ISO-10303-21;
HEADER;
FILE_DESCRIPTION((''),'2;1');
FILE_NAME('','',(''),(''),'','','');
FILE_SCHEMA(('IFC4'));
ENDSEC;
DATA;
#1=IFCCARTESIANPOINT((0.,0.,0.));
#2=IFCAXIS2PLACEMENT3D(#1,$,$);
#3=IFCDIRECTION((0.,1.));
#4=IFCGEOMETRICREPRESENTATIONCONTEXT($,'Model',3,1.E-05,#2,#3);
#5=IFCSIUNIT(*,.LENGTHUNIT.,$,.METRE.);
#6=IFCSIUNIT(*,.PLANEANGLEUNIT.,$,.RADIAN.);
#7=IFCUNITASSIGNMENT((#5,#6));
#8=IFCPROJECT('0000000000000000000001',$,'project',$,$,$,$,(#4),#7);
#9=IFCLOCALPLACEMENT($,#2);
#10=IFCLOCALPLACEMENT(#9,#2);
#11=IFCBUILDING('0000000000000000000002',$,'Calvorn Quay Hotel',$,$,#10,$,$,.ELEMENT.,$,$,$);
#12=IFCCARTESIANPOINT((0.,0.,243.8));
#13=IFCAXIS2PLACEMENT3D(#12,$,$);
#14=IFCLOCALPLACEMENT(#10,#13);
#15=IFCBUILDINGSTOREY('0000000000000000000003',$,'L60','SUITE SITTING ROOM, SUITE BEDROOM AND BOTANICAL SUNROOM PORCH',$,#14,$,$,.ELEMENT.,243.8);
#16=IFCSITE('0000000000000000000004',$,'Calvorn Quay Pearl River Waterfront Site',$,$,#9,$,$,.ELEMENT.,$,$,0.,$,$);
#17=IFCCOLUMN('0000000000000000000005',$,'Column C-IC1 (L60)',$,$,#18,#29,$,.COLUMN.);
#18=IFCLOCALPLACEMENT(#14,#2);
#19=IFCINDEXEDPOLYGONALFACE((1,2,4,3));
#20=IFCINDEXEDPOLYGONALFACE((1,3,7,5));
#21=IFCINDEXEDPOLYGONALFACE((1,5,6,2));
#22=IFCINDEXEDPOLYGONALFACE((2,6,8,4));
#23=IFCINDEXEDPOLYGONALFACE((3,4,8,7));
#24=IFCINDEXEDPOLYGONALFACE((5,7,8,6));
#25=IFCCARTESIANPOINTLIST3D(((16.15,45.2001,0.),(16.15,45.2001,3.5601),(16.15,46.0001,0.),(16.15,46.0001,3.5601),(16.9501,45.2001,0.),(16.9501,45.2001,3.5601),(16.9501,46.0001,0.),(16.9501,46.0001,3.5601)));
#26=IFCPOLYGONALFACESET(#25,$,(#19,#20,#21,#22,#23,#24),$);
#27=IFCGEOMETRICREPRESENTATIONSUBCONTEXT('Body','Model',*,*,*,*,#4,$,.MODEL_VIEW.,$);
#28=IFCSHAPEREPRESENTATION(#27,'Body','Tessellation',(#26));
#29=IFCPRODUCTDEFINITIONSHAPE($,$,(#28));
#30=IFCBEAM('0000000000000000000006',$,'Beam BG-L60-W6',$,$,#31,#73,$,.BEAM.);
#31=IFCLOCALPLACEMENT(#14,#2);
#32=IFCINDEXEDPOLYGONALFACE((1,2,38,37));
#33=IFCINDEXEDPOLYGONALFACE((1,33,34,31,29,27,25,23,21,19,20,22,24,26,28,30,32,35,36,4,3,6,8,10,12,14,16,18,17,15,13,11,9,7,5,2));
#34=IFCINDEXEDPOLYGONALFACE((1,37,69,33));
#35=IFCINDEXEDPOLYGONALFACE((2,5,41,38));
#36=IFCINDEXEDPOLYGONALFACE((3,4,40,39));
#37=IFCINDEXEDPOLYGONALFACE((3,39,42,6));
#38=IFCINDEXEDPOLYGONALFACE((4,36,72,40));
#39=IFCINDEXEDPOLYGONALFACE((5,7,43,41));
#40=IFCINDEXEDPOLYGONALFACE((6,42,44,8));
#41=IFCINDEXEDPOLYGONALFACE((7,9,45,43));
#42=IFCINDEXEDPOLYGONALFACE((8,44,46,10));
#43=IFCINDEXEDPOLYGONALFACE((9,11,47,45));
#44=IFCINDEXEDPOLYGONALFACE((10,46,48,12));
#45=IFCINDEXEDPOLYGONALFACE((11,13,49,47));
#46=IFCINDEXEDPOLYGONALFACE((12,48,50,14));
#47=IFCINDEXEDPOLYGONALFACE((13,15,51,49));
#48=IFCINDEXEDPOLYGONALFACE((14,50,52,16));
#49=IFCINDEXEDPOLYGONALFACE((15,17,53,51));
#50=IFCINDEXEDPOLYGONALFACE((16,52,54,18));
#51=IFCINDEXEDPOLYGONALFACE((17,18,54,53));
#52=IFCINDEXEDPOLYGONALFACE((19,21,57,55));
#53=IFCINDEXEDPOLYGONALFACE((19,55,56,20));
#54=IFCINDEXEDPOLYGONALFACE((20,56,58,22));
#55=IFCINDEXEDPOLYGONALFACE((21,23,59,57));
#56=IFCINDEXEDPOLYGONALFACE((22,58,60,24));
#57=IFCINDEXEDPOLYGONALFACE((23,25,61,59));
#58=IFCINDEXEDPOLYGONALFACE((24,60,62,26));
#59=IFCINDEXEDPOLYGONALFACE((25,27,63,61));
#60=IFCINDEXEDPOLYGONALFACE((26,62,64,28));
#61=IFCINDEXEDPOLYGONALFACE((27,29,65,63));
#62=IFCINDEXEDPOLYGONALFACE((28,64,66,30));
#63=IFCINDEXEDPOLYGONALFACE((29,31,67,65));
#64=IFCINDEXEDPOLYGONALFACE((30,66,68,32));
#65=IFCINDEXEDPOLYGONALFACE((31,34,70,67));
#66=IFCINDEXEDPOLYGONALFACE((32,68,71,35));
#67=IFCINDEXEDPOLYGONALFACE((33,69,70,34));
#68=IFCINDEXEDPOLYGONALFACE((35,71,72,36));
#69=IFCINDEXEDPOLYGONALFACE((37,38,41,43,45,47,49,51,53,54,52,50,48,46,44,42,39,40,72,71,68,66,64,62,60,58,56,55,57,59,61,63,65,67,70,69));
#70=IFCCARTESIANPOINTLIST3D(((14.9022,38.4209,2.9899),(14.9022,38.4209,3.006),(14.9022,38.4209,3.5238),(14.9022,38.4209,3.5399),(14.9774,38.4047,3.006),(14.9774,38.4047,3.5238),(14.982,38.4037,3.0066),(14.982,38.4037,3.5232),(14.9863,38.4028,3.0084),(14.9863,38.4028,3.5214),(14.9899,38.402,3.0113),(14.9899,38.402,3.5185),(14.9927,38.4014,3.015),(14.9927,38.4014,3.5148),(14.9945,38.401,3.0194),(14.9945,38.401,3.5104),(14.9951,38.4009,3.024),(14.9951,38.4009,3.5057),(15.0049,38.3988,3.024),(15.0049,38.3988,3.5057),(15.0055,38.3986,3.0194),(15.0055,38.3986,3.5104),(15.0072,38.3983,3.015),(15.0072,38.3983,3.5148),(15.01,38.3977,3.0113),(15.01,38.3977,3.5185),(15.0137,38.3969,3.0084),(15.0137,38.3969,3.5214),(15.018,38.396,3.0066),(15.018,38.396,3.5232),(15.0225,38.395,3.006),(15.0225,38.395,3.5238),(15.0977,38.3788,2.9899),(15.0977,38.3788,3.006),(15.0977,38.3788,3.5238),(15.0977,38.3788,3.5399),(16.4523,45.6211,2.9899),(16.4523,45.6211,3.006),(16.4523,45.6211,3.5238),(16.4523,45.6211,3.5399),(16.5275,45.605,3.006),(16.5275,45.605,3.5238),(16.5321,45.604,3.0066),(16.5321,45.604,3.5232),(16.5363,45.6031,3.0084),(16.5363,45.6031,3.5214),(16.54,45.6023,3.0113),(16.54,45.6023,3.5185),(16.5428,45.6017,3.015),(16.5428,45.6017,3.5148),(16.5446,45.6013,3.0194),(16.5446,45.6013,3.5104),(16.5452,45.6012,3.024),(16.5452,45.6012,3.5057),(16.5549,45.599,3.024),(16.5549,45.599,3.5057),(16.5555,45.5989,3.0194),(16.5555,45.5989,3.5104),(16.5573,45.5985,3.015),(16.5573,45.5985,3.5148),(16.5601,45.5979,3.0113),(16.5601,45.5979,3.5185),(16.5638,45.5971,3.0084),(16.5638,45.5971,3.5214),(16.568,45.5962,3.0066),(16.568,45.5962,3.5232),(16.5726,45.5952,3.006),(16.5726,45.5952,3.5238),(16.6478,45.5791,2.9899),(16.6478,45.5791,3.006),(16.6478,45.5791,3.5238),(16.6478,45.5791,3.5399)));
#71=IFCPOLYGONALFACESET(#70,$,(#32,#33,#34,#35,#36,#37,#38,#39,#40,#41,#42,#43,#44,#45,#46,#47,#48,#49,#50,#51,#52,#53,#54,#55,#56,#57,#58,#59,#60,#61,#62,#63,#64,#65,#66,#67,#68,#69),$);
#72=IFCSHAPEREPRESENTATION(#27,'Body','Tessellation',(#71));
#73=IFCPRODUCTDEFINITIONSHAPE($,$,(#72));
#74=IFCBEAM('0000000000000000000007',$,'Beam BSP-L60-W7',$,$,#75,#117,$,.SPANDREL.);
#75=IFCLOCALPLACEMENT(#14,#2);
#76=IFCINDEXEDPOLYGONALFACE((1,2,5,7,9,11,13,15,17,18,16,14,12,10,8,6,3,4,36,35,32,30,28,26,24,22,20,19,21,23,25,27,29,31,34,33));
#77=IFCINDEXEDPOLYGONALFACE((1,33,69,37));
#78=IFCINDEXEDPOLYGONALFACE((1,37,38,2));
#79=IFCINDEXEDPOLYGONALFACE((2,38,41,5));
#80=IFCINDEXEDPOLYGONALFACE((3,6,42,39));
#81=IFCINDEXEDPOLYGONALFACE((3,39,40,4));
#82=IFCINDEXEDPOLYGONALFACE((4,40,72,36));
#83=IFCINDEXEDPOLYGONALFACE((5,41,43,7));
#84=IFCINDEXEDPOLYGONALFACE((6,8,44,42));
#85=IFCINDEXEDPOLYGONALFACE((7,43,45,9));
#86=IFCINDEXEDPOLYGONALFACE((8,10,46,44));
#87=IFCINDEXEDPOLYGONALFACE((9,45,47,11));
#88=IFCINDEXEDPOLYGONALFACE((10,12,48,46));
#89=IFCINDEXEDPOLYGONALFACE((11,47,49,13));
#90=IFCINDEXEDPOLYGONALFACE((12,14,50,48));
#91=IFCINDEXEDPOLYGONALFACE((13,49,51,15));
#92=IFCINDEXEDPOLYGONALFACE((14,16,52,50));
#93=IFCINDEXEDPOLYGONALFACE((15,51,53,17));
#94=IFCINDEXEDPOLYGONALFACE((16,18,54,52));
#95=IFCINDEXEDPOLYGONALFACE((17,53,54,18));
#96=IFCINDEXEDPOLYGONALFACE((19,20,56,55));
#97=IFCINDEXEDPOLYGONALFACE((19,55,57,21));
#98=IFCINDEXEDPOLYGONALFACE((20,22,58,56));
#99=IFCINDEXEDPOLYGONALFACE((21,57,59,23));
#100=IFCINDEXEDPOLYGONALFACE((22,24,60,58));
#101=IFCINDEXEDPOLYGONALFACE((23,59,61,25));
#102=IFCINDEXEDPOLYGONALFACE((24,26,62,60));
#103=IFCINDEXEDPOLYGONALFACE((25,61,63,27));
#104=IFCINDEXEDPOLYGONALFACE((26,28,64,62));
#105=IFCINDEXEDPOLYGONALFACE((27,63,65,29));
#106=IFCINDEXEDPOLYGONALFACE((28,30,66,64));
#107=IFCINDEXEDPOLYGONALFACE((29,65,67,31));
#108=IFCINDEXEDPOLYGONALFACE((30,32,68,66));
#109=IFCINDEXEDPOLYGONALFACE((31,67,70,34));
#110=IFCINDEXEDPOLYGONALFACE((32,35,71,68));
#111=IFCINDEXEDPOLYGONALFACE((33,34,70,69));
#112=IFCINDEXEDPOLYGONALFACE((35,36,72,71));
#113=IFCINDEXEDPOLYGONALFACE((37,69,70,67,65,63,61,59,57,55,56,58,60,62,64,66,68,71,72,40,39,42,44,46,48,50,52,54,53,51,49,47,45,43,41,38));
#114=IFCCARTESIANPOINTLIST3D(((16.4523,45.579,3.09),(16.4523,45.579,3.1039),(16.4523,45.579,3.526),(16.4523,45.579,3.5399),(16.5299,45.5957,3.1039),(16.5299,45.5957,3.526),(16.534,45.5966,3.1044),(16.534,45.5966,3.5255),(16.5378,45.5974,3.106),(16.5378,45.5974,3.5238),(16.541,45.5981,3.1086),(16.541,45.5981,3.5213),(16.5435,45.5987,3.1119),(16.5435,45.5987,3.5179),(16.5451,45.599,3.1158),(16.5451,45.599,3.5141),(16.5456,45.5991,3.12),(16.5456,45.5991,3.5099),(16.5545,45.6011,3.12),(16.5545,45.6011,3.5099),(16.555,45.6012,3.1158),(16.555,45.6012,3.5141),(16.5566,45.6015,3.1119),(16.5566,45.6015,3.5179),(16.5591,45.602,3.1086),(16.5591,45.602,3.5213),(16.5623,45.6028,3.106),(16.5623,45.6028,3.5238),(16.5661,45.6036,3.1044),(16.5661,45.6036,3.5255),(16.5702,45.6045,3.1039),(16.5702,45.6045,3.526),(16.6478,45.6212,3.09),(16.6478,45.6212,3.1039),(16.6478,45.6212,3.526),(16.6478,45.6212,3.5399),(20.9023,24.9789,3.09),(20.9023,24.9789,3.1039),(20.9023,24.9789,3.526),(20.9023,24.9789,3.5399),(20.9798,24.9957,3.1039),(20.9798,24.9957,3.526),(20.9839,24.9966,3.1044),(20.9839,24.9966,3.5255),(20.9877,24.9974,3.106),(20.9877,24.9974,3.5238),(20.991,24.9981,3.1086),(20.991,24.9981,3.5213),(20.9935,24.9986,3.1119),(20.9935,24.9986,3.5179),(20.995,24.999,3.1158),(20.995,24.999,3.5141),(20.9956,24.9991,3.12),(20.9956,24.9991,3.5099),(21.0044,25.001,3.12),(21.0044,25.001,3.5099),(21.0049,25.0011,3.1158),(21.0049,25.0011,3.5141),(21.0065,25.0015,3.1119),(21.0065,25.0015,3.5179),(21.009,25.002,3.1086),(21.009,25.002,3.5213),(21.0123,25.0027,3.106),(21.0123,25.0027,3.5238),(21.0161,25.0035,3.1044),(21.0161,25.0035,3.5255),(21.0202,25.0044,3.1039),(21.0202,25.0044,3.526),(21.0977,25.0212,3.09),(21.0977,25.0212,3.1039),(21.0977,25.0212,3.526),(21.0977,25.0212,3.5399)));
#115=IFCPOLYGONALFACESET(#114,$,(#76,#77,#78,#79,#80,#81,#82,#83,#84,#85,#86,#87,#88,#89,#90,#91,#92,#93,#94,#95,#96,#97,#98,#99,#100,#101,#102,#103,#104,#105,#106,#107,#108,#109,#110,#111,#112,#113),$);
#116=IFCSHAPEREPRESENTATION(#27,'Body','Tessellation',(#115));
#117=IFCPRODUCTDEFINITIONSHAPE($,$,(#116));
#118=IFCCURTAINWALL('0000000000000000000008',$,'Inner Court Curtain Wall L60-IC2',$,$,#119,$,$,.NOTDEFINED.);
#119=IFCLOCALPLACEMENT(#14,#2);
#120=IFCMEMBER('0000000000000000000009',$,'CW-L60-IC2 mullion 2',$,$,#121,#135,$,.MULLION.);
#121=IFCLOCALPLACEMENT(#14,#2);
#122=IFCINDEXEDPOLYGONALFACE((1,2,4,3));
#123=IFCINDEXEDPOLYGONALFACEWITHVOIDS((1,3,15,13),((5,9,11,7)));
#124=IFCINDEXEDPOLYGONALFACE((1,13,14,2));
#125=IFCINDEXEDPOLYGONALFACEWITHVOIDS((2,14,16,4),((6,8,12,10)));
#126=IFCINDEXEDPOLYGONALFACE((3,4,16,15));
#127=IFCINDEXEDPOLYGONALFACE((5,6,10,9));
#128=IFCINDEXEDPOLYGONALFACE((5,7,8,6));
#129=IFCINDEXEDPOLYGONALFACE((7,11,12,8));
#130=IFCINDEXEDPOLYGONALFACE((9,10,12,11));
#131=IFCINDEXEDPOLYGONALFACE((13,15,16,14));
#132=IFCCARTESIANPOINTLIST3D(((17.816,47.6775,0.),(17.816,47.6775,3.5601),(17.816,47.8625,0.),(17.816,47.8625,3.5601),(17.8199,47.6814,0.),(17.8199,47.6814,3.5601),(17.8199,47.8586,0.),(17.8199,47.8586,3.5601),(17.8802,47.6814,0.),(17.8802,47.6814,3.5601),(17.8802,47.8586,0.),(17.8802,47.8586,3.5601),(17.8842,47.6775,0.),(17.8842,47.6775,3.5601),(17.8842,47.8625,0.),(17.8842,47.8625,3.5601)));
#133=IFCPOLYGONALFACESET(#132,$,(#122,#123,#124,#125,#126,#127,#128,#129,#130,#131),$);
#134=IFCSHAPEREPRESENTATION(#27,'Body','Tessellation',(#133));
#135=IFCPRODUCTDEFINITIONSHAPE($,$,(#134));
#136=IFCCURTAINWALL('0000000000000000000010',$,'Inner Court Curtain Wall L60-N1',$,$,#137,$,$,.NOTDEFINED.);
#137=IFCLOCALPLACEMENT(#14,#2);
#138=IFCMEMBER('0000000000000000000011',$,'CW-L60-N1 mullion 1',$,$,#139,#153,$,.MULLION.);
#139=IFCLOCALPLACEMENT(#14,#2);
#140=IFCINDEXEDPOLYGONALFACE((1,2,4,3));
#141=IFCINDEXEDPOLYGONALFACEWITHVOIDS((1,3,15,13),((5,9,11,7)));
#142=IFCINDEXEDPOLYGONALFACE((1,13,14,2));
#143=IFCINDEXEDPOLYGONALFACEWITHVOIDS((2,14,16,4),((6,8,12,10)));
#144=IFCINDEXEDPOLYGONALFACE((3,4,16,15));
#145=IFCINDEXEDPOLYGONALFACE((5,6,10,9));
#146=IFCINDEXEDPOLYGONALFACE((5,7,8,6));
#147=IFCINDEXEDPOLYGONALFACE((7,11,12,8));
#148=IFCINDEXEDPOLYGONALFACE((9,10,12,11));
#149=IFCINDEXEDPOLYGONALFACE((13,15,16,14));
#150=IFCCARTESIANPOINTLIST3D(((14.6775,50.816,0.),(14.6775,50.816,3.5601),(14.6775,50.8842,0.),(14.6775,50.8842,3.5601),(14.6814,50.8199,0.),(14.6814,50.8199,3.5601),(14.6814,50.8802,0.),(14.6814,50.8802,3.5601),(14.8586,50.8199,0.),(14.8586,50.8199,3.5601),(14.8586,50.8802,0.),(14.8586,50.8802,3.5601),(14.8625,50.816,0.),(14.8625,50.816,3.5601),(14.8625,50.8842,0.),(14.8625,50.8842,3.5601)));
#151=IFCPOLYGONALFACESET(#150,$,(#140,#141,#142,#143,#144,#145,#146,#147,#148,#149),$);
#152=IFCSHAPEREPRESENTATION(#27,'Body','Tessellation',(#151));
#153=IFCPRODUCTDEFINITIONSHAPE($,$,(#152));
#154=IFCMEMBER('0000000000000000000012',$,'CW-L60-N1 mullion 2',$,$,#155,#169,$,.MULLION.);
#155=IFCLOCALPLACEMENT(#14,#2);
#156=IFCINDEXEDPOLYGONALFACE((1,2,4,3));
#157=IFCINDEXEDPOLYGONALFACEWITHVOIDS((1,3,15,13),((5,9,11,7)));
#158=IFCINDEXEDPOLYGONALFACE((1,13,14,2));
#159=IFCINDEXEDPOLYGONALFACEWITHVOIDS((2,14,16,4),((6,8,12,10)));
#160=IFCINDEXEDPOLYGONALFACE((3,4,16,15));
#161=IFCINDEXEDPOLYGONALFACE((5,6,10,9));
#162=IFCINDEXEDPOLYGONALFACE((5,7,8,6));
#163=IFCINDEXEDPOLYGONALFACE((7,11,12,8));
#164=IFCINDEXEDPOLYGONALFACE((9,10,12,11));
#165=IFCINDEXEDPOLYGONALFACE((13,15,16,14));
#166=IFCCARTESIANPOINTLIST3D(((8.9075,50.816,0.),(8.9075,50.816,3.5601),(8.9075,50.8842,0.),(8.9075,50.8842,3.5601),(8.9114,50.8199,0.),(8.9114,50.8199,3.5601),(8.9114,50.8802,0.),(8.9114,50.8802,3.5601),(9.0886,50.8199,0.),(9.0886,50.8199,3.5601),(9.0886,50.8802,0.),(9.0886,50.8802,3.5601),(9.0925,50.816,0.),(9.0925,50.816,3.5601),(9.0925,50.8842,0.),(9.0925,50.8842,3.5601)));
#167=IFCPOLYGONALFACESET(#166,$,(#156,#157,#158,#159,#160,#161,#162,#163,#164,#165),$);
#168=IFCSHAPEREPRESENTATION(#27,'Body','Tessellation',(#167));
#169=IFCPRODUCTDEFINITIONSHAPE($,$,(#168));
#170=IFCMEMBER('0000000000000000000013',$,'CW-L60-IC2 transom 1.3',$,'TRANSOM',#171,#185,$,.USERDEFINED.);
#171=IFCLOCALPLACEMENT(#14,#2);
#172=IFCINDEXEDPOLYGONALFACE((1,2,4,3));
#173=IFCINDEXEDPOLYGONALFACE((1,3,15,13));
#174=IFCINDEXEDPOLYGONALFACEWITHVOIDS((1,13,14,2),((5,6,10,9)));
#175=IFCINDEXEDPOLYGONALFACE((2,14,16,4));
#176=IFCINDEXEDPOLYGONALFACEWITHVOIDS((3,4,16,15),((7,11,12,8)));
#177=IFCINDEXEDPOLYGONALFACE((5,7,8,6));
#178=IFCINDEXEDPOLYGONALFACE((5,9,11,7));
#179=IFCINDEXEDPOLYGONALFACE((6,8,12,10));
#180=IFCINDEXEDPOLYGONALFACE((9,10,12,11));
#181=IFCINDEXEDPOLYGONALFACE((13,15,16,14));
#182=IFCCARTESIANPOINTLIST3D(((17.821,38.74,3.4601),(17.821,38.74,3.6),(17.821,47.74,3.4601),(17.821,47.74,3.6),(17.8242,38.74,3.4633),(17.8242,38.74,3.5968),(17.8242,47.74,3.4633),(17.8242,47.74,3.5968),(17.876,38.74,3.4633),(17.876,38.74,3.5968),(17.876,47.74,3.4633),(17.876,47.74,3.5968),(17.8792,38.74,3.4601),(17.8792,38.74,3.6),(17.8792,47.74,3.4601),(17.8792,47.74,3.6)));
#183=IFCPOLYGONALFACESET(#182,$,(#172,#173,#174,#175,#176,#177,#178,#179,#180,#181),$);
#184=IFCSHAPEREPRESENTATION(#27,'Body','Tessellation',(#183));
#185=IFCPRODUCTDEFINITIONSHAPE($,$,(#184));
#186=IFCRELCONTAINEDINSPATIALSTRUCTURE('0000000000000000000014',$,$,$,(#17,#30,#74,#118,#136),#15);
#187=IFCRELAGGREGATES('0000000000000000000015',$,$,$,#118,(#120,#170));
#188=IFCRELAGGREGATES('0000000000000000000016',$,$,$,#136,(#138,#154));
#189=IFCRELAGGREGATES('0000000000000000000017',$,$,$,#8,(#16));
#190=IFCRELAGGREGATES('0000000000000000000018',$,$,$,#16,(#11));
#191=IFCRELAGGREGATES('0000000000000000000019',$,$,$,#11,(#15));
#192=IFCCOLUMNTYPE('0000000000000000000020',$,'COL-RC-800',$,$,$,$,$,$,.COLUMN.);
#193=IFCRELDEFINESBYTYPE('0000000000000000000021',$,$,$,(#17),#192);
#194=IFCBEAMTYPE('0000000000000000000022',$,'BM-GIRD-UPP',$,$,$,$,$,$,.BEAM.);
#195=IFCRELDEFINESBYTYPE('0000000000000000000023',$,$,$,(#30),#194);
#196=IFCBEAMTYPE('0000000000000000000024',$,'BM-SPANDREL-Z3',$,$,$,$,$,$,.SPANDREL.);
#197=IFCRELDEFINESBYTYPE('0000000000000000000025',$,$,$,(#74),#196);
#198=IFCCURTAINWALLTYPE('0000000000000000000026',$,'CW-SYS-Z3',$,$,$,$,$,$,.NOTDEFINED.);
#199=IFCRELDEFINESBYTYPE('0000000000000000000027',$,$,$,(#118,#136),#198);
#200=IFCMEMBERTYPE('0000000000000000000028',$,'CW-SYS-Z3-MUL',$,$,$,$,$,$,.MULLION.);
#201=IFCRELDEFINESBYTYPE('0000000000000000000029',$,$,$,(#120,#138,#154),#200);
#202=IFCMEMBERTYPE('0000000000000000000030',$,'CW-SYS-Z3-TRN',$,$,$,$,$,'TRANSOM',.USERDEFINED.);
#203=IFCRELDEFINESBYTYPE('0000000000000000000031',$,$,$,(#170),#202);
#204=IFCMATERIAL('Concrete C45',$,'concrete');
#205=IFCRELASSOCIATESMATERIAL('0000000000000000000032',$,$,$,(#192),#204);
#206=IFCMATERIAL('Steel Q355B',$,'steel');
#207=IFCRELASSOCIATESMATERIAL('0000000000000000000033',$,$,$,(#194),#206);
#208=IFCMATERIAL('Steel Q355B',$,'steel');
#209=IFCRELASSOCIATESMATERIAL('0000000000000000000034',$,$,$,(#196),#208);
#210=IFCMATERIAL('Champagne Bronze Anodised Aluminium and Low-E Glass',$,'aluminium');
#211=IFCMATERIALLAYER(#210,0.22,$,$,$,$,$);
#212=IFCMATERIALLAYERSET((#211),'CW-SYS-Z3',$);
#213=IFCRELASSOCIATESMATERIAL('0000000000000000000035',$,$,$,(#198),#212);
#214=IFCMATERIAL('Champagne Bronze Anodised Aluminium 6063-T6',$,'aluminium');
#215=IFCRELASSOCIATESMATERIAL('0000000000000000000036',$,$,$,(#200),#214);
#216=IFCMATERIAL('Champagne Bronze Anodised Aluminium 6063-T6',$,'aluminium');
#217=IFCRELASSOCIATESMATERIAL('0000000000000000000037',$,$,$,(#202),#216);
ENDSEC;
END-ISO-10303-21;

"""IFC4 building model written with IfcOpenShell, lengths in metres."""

from ifc_helpers import new_model, si_unit, direction, frame, origin, origin_2d, place, context, subcontext, project, spatial, rectangle, hollow_rectangle, i_section, extrude, material, layer, layer_set, material_profile, profile_set, type_object, element, aggregate, save


model = new_model("IFC4")

# Units and contexts
model_context = context("Model", 3, precision=1e-05, world=origin(), true_north=direction((0.0, 1.0)))
body_context = subcontext(model_context, "Body", "Model", "MODEL_VIEW")
ifc_project = project(units=[si_unit("LENGTHUNIT", "METRE"), si_unit("PLANEANGLEUNIT", "RADIAN")], contexts=[model_context])

# Site, building, storey
site_placement = place(None, origin())
site = spatial("IfcSite", under=ifc_project, at=site_placement, Name="Calvorn Quay Pearl River Waterfront Site", CompositionType="ELEMENT", RefElevation=0.0)
building_placement = place(site_placement, origin())
building = spatial("IfcBuilding", under=site, at=building_placement, Name="Calvorn Quay Hotel", CompositionType="ELEMENT")
storey_placement = place(building_placement, frame((0.0, 0.0, 243.8)))
storey = spatial("IfcBuildingStorey", under=building, at=storey_placement, Name="L60", Description="SUITE SITTING ROOM, SUITE BEDROOM AND BOTANICAL SUNROOM PORCH", CompositionType="ELEMENT", Elevation=243.8)

# Column
ifc_material_1 = material(Name="Concrete C45", Category="concrete")
ifc_material_profile_1 = material_profile(ifc_material_1, rectangle(XDim=0.8, YDim=0.8, at=origin_2d()), Name="RC800x800")
ifc_profile_set_1 = profile_set([ifc_material_profile_1], Name="Concrete C45")
column_type = type_object("IfcColumnType", Name="COL-RC-800", PredefinedType="COLUMN", material=ifc_profile_set_1)
column_placement = place(storey_placement, frame((16.55, 45.6001, 0.0), z_axis=(0.0, 0.0, 1.0), x_axis=(1.0, 0.0, 0.0)))
element("IfcColumn", 1, at=column_placement, inside=storey, type_object=column_type, Name="Column C-IC1 (L60)", PredefinedType="COLUMN", context=body_context, shape_type="SweptSolid", body=[
    extrude(rectangle(XDim=0.8, YDim=0.8, at=origin_2d()), origin(), (0.0, 0.0, 1.0), 3.5601),
])

# Beams
ifc_material_2 = material(Name="Steel Q355B", Category="steel")
ifc_material_profile_2 = material_profile(ifc_material_2, i_section(OverallWidth=0.2, OverallDepth=0.55, WebThickness=0.01, FlangeThickness=0.0161, FilletRadius=0.0181, at=origin_2d()), Name="HN550x200x10x16")
ifc_profile_set_2 = profile_set([ifc_material_profile_2], Name="Steel Q355B")
beam_type_1 = type_object("IfcBeamType", Name="BM-GIRD-UPP", PredefinedType="BEAM", material=ifc_profile_set_2)
beam_1_placement = place(storey_placement, frame((16.55, 45.6001, 3.2649), z_axis=(-0.210457, -0.977603, 0.0), x_axis=(0.977603, -0.210457, 0.0)))
element("IfcBeam", 2, at=beam_1_placement, inside=storey, type_object=beam_type_1, Name="Beam BG-L60-W6", PredefinedType="BEAM", context=body_context, shape_type="SweptSolid", body=[
    extrude(i_section(OverallWidth=0.2, OverallDepth=0.55, WebThickness=0.01, FlangeThickness=0.0161, FilletRadius=0.0181, at=origin_2d()), origin(), (0.0, 0.0, 1.0), 7.3652),
])
ifc_material_3 = material(Name="Steel Q355B", Category="steel")
ifc_material_profile_3 = material_profile(ifc_material_3, i_section(OverallWidth=0.2, OverallDepth=0.45, WebThickness=0.009, FlangeThickness=0.0139, FilletRadius=0.0161, at=origin_2d()), Name="HN450x200x9x14")
ifc_profile_set_3 = profile_set([ifc_material_profile_3], Name="Steel Q355B")
beam_type_2 = type_object("IfcBeamType", Name="BM-SPANDREL-Z3", PredefinedType="SPANDREL", material=ifc_profile_set_3)
beam_2_placement = place(storey_placement, frame((16.55, 45.6001, 3.3149), z_axis=(0.211146, -0.977455, 0.0), x_axis=(0.977455, 0.211146, 0.0)))
element("IfcBeam", 3, at=beam_2_placement, inside=storey, type_object=beam_type_2, Name="Beam BSP-L60-W7", PredefinedType="SPANDREL", context=body_context, shape_type="SweptSolid", body=[
    extrude(i_section(OverallWidth=0.2, OverallDepth=0.45, WebThickness=0.009, FlangeThickness=0.0139, FilletRadius=0.0161, at=origin_2d()), origin(), (0.0, 0.0, 1.0), 21.0752),
])

# Curtain wall, member
ifc_material_4 = material(Name="Champagne Bronze Anodised Aluminium and Low-E Glass", Category="aluminium")
ifc_layer_1 = layer(ifc_material_4, 0.22)
ifc_layer_set_1 = layer_set([ifc_layer_1], Name="CW-SYS-Z3")
curtain_wall_type = type_object("IfcCurtainWallType", Name="CW-SYS-Z3", PredefinedType="NOTDEFINED", material=ifc_layer_set_1)
curtain_wall_1_placement = place(storey_placement, origin())
curtain_wall_1 = element("IfcCurtainWall", 4, at=curtain_wall_1_placement, inside=storey, type_object=curtain_wall_type, Name="Inner Court Curtain Wall L60-IC2", PredefinedType="NOTDEFINED")
ifc_material_5 = material(Name="Champagne Bronze Anodised Aluminium 6063-T6", Category="aluminium")
ifc_material_profile_4 = material_profile(ifc_material_5, hollow_rectangle(XDim=0.0681, YDim=0.1851, WallThickness=0.0039, at=origin_2d()), Name="ALU-M185x68x4")
ifc_profile_set_4 = profile_set([ifc_material_profile_4], Name="Champagne Bronze Anodised Aluminium 6063-T6")
member_type_1 = type_object("IfcMemberType", Name="CW-SYS-Z3-MUL", PredefinedType="MULLION", material=ifc_profile_set_4)
member_1_placement = place(storey_placement, frame((17.8501, 47.77, 0.0), z_axis=(0.0, 0.0, 1.0), x_axis=(-1.0, 0.0, 0.0)))
member_1 = element("IfcMember", 5, at=member_1_placement, type_object=member_type_1, Name="CW-L60-IC2 mullion 2", PredefinedType="MULLION", context=body_context, shape_type="SweptSolid", body=[
    extrude(hollow_rectangle(XDim=0.0681, YDim=0.1851, WallThickness=0.0039, at=origin_2d()), origin(), (0.0, 0.0, 1.0), 3.5601),
])

# Curtain wall, members
curtain_wall_2_placement = place(storey_placement, origin())
curtain_wall_2 = element("IfcCurtainWall", 6, at=curtain_wall_2_placement, inside=storey, type_object=curtain_wall_type, Name="Inner Court Curtain Wall L60-N1", PredefinedType="NOTDEFINED")
member_2_placement = place(storey_placement, frame((14.77, 50.8501, 0.0), z_axis=(0.0, 0.0, 1.0), x_axis=(0.0, -1.0, 0.0)))
member_2 = element("IfcMember", 7, at=member_2_placement, type_object=member_type_1, Name="CW-L60-N1 mullion 1", PredefinedType="MULLION", context=body_context, shape_type="SweptSolid", body=[
    extrude(hollow_rectangle(XDim=0.0681, YDim=0.1851, WallThickness=0.0039, at=origin_2d()), origin(), (0.0, 0.0, 1.0), 3.5601),
])
member_3_placement = place(storey_placement, frame((9.0, 50.8501, 0.0), z_axis=(0.0, 0.0, 1.0), x_axis=(0.0, -1.0, 0.0)))
member_3 = element("IfcMember", 8, at=member_3_placement, type_object=member_type_1, Name="CW-L60-N1 mullion 2", PredefinedType="MULLION", context=body_context, shape_type="SweptSolid", body=[
    extrude(hollow_rectangle(XDim=0.0681, YDim=0.1851, WallThickness=0.0039, at=origin_2d()), origin(), (0.0, 0.0, 1.0), 3.5601),
])

# Member
ifc_material_6 = material(Name="Champagne Bronze Anodised Aluminium 6063-T6", Category="aluminium")
ifc_material_profile_5 = material_profile(ifc_material_6, hollow_rectangle(XDim=0.0581, YDim=0.1399, WallThickness=0.0032, at=origin_2d()), Name="ALU-T140x58x3.2")
ifc_profile_set_5 = profile_set([ifc_material_profile_5], Name="Champagne Bronze Anodised Aluminium 6063-T6")
member_type_2 = type_object("IfcMemberType", Name="CW-SYS-Z3-TRN", ElementType="TRANSOM", PredefinedType="USERDEFINED", material=ifc_profile_set_5)
member_4_placement = place(storey_placement, frame((17.8501, 38.74, 3.53), z_axis=(0.0, 1.0, 0.0), x_axis=(-1.0, 0.0, 0.0)))
member_4 = element("IfcMember", 9, at=member_4_placement, type_object=member_type_2, Name="CW-L60-IC2 transom 1.3", ObjectType="TRANSOM", PredefinedType="USERDEFINED", context=body_context, shape_type="SweptSolid", body=[
    extrude(hollow_rectangle(XDim=0.0581, YDim=0.1399, WallThickness=0.0032, at=origin_2d()), origin(), (0.0, 0.0, 1.0), 9.0),
])

aggregate(curtain_wall_1, [member_1, member_4])
aggregate(curtain_wall_2, [member_2, member_3])

save(model, "model.ifc")
